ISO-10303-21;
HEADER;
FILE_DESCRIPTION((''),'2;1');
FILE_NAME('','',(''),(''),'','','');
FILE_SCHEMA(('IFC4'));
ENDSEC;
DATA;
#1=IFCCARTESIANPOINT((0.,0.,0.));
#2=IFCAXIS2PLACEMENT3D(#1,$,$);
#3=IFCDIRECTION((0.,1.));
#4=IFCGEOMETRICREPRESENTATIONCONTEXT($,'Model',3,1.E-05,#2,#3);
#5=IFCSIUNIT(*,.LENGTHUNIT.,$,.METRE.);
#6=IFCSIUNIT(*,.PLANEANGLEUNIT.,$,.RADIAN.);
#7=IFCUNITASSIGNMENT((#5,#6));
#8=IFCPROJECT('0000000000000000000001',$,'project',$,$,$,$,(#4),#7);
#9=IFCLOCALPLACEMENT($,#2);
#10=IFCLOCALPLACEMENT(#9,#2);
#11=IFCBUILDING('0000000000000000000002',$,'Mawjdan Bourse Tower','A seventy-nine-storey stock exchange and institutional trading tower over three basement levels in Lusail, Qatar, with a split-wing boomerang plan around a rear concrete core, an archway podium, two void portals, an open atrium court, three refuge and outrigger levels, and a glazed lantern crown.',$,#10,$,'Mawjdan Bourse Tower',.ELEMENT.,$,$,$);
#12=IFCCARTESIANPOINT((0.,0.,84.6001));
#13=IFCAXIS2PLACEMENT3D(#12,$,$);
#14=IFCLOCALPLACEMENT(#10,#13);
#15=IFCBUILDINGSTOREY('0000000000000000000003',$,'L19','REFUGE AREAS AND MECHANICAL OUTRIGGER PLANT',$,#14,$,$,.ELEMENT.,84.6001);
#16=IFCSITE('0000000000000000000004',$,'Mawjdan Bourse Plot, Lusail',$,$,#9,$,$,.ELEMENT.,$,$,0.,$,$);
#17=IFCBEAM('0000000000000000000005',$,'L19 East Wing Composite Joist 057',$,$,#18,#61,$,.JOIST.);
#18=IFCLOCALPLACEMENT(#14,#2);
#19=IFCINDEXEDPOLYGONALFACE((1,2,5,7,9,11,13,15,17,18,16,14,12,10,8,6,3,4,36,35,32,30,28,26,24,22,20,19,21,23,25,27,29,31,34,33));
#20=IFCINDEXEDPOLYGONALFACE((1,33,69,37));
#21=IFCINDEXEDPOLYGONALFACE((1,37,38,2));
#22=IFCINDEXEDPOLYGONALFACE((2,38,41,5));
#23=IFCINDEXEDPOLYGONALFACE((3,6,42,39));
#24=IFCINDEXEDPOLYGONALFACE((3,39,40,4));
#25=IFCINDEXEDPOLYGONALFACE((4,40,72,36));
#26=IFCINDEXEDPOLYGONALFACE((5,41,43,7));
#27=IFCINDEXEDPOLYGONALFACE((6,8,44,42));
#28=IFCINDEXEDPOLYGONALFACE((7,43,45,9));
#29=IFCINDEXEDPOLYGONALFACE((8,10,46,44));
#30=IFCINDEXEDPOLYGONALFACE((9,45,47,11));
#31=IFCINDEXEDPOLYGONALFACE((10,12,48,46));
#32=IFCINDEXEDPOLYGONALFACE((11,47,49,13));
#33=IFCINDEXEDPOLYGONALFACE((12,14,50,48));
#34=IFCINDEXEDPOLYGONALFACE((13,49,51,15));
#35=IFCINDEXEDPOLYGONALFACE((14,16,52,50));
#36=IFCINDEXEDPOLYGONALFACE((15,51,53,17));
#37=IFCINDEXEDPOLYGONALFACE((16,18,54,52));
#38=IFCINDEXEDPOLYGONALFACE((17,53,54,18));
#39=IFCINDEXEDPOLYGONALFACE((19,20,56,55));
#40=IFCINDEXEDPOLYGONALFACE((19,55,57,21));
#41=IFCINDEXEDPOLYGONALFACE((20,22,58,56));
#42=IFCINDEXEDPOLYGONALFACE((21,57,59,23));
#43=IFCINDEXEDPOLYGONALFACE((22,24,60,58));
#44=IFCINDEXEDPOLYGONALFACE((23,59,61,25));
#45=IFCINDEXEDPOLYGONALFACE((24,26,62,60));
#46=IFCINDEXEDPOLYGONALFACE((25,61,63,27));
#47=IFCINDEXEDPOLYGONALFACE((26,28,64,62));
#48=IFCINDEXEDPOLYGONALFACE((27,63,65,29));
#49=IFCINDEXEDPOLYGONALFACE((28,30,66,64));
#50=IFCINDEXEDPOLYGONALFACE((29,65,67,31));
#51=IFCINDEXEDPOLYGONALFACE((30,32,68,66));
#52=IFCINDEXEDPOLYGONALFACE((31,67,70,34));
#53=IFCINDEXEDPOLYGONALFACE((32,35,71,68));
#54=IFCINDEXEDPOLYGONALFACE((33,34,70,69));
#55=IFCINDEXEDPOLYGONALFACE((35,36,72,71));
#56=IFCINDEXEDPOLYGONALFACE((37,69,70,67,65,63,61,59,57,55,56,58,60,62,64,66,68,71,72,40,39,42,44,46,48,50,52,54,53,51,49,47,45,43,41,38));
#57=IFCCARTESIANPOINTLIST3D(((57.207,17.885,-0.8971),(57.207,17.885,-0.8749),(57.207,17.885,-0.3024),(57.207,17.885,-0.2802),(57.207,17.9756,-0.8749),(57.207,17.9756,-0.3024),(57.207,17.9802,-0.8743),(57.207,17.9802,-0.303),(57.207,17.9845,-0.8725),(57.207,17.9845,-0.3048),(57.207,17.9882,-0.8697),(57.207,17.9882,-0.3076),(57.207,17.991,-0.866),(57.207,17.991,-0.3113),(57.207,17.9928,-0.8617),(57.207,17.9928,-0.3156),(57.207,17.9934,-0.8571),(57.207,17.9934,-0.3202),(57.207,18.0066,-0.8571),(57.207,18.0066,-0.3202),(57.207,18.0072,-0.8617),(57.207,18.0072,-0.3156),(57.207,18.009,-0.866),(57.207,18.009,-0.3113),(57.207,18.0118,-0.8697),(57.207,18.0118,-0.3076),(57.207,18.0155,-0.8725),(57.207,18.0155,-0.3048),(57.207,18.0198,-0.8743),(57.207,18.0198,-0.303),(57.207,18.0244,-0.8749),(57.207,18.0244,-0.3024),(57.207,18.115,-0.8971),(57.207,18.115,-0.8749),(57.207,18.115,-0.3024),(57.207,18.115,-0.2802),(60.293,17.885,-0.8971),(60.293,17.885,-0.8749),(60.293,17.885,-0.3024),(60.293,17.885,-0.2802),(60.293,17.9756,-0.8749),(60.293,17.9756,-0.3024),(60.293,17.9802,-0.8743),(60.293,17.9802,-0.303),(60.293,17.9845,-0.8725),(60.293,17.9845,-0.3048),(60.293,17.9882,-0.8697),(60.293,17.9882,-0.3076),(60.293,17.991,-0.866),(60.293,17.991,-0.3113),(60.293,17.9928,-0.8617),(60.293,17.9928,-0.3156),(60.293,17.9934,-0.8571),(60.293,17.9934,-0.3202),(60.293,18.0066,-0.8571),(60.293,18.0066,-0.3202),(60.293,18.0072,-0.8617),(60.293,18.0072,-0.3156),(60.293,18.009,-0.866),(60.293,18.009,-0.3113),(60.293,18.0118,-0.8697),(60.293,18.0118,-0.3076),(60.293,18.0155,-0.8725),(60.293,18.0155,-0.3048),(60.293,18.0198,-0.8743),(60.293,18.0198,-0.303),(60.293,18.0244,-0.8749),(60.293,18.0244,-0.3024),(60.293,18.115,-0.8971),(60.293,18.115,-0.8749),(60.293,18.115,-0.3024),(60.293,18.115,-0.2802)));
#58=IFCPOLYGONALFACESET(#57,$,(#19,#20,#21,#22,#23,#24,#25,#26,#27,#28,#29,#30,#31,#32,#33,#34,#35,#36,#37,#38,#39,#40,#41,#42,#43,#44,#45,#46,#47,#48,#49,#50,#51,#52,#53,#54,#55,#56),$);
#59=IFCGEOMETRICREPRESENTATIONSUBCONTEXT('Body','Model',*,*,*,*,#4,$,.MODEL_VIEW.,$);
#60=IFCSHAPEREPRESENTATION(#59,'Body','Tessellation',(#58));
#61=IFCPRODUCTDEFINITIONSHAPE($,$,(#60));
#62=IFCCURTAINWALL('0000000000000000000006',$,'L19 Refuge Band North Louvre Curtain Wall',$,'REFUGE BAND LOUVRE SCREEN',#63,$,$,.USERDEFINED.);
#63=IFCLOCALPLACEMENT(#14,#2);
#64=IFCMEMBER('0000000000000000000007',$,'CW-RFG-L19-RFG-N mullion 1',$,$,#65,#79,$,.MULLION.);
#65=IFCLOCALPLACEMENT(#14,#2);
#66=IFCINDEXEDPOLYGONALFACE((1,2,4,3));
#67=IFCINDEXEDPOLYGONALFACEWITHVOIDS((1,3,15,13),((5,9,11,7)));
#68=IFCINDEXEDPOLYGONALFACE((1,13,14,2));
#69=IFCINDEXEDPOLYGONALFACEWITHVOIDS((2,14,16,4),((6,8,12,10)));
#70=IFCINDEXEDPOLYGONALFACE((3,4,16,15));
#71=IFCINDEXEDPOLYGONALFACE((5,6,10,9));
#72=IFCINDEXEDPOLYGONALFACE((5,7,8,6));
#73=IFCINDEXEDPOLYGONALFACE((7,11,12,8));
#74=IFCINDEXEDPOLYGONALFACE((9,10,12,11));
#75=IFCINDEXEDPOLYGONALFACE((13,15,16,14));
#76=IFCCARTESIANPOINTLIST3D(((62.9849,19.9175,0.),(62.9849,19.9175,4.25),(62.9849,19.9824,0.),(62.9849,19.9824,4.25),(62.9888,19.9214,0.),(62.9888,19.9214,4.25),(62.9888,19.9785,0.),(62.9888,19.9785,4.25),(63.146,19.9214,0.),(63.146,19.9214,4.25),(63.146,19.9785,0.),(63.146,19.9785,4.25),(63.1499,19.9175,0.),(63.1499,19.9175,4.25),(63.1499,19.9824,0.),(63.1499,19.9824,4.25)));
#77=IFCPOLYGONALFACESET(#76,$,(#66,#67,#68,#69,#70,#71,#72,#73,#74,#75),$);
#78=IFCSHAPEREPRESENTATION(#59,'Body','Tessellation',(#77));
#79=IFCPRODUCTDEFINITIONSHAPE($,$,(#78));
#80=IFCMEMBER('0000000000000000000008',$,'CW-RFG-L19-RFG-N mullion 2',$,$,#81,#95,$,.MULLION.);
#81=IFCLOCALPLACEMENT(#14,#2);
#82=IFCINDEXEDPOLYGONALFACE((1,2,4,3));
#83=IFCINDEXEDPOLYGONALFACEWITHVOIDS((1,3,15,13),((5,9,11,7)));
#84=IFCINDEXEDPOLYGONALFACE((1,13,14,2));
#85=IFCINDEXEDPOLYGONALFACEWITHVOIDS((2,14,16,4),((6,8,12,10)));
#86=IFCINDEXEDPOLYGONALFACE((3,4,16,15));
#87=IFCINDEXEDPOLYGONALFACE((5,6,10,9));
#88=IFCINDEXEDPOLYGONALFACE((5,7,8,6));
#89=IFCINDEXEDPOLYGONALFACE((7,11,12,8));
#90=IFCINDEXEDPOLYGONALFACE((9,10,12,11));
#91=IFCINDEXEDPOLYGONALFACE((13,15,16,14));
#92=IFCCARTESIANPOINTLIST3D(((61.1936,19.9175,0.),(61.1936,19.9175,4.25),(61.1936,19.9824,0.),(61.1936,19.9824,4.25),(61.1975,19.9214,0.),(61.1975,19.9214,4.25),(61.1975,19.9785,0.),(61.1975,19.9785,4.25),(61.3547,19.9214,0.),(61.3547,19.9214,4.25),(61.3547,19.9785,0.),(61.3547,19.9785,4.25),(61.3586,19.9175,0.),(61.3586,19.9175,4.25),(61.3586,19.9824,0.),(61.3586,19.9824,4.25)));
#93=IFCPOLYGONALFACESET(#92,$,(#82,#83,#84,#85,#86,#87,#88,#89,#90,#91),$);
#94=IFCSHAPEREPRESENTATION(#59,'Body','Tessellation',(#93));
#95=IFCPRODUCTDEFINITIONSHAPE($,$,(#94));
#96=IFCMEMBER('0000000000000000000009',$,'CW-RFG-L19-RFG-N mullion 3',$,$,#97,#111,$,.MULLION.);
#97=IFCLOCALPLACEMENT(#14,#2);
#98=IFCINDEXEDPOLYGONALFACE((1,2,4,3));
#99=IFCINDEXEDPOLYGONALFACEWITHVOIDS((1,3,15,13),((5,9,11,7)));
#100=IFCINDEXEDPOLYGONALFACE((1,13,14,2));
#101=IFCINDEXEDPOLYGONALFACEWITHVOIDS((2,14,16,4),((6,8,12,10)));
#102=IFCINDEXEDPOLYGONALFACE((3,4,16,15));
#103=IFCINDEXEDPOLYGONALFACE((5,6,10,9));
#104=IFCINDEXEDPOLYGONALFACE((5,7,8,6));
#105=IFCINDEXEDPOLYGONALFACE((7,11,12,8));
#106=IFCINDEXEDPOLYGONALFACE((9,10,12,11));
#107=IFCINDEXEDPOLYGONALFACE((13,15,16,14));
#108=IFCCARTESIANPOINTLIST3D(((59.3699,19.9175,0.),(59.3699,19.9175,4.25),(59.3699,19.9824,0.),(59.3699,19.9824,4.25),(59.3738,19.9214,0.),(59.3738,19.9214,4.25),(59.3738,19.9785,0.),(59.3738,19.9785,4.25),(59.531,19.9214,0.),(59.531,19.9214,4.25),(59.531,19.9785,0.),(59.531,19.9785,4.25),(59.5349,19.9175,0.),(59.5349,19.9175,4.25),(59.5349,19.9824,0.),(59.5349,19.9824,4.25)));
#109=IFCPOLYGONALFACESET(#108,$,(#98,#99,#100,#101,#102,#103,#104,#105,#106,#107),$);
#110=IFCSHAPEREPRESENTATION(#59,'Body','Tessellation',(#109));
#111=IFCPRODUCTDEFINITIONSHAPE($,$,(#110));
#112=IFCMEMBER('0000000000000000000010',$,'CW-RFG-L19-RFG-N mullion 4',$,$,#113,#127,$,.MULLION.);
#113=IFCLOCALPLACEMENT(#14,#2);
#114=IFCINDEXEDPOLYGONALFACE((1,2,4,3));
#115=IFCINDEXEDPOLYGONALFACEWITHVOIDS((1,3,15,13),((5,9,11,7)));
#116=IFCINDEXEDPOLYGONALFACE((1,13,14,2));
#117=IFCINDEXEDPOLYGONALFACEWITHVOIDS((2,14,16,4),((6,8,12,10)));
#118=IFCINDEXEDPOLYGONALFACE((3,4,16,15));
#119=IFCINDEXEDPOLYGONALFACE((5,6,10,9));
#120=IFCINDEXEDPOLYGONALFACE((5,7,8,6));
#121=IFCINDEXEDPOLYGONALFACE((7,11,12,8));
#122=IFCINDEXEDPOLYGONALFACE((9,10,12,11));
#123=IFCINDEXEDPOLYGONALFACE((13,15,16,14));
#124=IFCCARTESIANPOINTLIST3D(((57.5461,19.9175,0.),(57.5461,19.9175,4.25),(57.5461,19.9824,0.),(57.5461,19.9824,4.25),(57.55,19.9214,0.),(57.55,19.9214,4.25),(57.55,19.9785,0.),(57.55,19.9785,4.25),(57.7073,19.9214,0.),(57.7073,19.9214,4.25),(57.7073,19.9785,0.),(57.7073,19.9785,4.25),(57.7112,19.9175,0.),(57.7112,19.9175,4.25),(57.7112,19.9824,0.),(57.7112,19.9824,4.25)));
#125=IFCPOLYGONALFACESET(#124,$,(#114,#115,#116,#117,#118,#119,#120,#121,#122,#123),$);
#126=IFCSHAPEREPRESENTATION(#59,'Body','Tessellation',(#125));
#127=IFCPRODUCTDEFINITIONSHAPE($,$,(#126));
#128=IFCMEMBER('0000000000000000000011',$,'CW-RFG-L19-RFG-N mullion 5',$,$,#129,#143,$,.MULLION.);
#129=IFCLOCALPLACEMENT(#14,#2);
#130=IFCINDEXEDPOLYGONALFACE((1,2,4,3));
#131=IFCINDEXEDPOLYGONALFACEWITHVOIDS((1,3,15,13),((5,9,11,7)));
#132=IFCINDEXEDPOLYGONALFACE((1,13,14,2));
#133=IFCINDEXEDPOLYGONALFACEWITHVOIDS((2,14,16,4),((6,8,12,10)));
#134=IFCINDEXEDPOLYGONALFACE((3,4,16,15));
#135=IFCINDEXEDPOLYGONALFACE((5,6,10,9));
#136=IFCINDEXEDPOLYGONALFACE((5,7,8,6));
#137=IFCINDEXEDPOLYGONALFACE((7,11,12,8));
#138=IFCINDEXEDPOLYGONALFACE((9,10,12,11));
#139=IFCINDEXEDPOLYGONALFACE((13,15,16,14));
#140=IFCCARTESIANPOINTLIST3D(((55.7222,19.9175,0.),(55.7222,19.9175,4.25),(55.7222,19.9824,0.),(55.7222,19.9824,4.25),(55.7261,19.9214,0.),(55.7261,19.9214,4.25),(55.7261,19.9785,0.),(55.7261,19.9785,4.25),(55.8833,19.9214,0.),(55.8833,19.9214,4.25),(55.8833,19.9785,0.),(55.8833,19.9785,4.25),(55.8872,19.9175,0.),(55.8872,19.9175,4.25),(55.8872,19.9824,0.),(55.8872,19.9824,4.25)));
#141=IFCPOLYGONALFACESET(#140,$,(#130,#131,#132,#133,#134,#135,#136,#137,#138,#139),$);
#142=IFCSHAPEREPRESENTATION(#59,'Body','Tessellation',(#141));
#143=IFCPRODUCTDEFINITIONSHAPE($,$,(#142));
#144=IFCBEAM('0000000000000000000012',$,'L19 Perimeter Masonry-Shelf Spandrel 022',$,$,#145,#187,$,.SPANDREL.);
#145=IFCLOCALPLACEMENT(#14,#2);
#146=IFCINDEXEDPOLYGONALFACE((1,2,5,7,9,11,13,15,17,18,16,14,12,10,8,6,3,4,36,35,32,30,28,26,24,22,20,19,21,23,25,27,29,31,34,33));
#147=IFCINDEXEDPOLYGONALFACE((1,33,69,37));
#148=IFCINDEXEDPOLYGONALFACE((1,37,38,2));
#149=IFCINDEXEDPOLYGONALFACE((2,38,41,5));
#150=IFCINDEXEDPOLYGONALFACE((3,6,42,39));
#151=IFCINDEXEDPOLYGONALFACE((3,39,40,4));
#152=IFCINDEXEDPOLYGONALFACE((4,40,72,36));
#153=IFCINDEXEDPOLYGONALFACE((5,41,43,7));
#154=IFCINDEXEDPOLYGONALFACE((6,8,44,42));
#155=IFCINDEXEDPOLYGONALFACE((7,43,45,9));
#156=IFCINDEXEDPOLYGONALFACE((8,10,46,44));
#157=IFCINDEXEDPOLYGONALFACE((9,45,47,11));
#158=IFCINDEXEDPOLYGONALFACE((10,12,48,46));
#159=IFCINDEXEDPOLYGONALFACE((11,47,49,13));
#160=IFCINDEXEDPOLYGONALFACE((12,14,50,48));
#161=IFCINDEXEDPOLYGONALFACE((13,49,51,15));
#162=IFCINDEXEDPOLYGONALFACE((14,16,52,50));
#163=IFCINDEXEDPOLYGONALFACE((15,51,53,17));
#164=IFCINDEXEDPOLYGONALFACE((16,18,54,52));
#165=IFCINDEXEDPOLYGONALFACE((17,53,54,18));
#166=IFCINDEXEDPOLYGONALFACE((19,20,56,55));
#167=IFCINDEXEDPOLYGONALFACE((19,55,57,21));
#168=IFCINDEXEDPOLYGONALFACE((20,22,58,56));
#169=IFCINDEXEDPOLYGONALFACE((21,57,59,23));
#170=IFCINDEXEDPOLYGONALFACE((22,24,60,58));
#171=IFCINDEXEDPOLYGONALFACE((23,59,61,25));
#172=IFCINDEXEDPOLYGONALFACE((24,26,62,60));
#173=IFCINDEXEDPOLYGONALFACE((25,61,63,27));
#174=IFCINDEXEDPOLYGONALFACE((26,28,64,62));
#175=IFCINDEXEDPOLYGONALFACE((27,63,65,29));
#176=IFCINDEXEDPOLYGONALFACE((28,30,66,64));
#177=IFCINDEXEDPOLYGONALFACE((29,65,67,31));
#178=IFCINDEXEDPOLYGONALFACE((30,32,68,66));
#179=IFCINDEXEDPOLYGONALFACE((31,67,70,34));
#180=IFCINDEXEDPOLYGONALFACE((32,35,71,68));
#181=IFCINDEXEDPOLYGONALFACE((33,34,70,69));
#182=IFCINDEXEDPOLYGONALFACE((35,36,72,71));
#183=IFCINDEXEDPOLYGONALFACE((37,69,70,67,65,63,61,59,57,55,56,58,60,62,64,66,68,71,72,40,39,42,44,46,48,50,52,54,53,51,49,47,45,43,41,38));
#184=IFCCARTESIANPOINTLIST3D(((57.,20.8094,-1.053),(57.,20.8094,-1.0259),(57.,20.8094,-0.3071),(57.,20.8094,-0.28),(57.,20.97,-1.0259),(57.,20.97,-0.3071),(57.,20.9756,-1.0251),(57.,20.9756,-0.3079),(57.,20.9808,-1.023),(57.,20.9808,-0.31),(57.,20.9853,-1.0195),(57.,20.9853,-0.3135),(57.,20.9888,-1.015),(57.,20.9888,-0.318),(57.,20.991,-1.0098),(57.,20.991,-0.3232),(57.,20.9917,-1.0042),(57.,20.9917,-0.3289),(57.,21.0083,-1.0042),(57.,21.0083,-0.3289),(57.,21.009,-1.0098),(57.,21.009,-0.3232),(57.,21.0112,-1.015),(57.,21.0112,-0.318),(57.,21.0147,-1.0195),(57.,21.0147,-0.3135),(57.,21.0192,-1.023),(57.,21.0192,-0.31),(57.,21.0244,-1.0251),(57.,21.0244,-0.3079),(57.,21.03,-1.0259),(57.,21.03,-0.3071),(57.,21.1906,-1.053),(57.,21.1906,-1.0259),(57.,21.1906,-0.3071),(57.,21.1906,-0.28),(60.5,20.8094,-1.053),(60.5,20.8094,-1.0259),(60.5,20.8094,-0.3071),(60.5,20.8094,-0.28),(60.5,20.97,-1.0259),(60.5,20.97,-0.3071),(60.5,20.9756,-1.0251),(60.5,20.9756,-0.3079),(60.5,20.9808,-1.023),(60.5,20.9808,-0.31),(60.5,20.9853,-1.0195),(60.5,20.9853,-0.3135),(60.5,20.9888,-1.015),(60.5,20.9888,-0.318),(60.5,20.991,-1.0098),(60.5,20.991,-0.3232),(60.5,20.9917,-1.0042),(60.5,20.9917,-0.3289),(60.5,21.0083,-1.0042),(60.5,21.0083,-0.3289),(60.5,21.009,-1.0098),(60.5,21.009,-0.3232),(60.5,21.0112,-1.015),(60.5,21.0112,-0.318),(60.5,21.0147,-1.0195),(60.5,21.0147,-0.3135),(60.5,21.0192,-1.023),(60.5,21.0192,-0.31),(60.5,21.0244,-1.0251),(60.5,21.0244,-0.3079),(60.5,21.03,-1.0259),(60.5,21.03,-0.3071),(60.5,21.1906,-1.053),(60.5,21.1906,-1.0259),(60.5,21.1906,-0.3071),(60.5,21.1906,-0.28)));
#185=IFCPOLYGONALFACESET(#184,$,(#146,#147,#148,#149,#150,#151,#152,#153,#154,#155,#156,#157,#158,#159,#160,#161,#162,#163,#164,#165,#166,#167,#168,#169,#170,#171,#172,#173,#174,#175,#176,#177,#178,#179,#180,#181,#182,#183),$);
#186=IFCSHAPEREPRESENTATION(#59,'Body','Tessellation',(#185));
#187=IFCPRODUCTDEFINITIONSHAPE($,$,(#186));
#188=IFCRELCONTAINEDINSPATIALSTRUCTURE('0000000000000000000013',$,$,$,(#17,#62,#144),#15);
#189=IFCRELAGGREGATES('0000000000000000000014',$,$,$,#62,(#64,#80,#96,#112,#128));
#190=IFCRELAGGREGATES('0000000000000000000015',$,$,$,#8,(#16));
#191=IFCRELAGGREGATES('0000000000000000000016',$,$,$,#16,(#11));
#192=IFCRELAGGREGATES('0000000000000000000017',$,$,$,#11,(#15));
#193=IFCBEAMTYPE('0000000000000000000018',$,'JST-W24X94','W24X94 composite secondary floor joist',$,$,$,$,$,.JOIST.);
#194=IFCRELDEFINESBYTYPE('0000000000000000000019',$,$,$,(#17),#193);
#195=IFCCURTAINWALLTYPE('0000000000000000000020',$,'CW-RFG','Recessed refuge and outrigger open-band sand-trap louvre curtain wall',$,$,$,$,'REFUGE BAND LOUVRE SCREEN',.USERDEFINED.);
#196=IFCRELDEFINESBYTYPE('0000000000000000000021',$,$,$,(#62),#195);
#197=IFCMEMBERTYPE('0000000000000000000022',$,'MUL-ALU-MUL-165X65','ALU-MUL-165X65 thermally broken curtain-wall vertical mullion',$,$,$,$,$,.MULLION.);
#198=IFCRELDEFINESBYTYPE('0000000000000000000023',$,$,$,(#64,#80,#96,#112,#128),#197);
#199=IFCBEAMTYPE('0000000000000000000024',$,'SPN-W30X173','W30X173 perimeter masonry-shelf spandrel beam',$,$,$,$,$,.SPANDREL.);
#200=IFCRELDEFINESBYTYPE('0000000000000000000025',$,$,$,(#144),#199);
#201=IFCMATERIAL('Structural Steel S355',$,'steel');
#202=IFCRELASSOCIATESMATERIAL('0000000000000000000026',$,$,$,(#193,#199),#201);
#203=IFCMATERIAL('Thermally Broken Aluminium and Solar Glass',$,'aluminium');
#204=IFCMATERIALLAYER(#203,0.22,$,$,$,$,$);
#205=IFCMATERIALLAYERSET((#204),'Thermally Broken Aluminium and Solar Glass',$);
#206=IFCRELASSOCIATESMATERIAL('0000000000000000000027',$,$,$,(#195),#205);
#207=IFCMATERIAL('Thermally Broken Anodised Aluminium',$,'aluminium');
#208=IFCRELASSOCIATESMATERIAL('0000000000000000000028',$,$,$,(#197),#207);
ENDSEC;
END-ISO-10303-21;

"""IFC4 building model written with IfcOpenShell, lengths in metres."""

from ifc_helpers import new_model, si_unit, direction, frame, origin, origin_2d, place, context, subcontext, project, spatial, hollow_rectangle, i_section, extrude, material, layer, layer_set, material_profile, profile_set, type_object, element, aggregate, save


model = new_model("IFC4")

# Units and contexts
model_context = context("Model", 3, precision=1e-05, world=origin(), true_north=direction((0.0, 1.0)))
body_context = subcontext(model_context, "Body", "Model", "MODEL_VIEW")
ifc_project = project(units=[si_unit("LENGTHUNIT", "METRE"), si_unit("PLANEANGLEUNIT", "RADIAN")], contexts=[model_context])

# Site, building, storey
site_placement = place(None, origin())
site = spatial("IfcSite", under=ifc_project, at=site_placement, Name="Mawjdan Bourse Plot, Lusail", CompositionType="ELEMENT", RefElevation=0.0)
building_placement = place(site_placement, origin())
building = spatial("IfcBuilding", under=site, at=building_placement, Name="Mawjdan Bourse Tower", Description="A seventy-nine-storey stock exchange and institutional trading tower over three basement levels in Lusail, Qatar, with a split-wing boomerang plan around a rear concrete core, an archway podium, two void portals, an open atrium court, three refuge and outrigger levels, and a glazed lantern crown.", LongName="Mawjdan Bourse Tower", CompositionType="ELEMENT")
storey_placement = place(building_placement, frame((0.0, 0.0, 84.6001)))
storey = spatial("IfcBuildingStorey", under=building, at=storey_placement, Name="L19", Description="REFUGE AREAS AND MECHANICAL OUTRIGGER PLANT", CompositionType="ELEMENT", Elevation=84.6001)

# Beam
ifc_material_1 = material(Name="Structural Steel S355", Category="steel")
ifc_material_profile_1 = material_profile(ifc_material_1, i_section(OverallWidth=0.23, OverallDepth=0.6169, WebThickness=0.0132, FlangeThickness=0.0222, FilletRadius=0.0178, at=origin_2d()), Name="W24X94")
ifc_profile_set_1 = profile_set([ifc_material_profile_1], Name="Structural Steel S355")
beam_type_1 = type_object("IfcBeamType", Name="JST-W24X94", Description="W24X94 composite secondary floor joist", PredefinedType="JOIST", material=ifc_profile_set_1)
beam_1_placement = place(storey_placement, frame((57.207, 18.0, -0.5886), z_axis=(1.0, 0.0, 0.0), x_axis=(0.0, 1.0, 0.0)))
element("IfcBeam", 1, at=beam_1_placement, inside=storey, type_object=beam_type_1, Name="L19 East Wing Composite Joist 057", PredefinedType="JOIST", context=body_context, shape_type="SweptSolid", body=[
    extrude(i_section(OverallWidth=0.23, OverallDepth=0.6169, WebThickness=0.0132, FlangeThickness=0.0222, FilletRadius=0.0178, at=origin_2d()), origin(), (0.0, 0.0, 1.0), 3.0859),
])

# Curtain wall, members
ifc_material_2 = material(Name="Thermally Broken Aluminium and Solar Glass", Category="aluminium")
ifc_layer_1 = layer(ifc_material_2, 0.22)
ifc_layer_set_1 = layer_set([ifc_layer_1], Name="Thermally Broken Aluminium and Solar Glass")
curtain_wall_type = type_object("IfcCurtainWallType", Name="CW-RFG", Description="Recessed refuge and outrigger open-band sand-trap louvre curtain wall", ElementType="REFUGE BAND LOUVRE SCREEN", PredefinedType="USERDEFINED", material=ifc_layer_set_1)
curtain_wall_placement = place(storey_placement, origin())
curtain_wall = element("IfcCurtainWall", 2, at=curtain_wall_placement, inside=storey, type_object=curtain_wall_type, Name="L19 Refuge Band North Louvre Curtain Wall", ObjectType="REFUGE BAND LOUVRE SCREEN", PredefinedType="USERDEFINED")
ifc_material_3 = material(Name="Thermally Broken Anodised Aluminium", Category="aluminium")
ifc_material_profile_2 = material_profile(ifc_material_3, hollow_rectangle(XDim=0.0649, YDim=0.165, WallThickness=0.0039, at=origin_2d()), Name="ALU-MUL-165X65")
ifc_profile_set_2 = profile_set([ifc_material_profile_2], Name="Thermally Broken Anodised Aluminium")
member_type_1 = type_object("IfcMemberType", Name="MUL-ALU-MUL-165X65", Description="ALU-MUL-165X65 thermally broken curtain-wall vertical mullion", PredefinedType="MULLION", material=ifc_profile_set_2)
member_1_placement = place(storey_placement, frame((63.0674, 19.95, 0.0), z_axis=(0.0, 0.0, 1.0), x_axis=(0.0, -1.0, 0.0)))
member_1 = element("IfcMember", 3, at=member_1_placement, type_object=member_type_1, Name="CW-RFG-L19-RFG-N mullion 1", PredefinedType="MULLION", context=body_context, shape_type="SweptSolid", body=[
    extrude(hollow_rectangle(XDim=0.0649, YDim=0.165, WallThickness=0.0039, at=origin_2d()), origin(), (0.0, 0.0, 1.0), 4.25),
])
member_2_placement = place(storey_placement, frame((61.2761, 19.95, 0.0), z_axis=(0.0, 0.0, 1.0), x_axis=(0.0, -1.0, 0.0)))
member_2 = element("IfcMember", 4, at=member_2_placement, type_object=member_type_1, Name="CW-RFG-L19-RFG-N mullion 2", PredefinedType="MULLION", context=body_context, shape_type="SweptSolid", body=[
    extrude(hollow_rectangle(XDim=0.0649, YDim=0.165, WallThickness=0.0039, at=origin_2d()), origin(), (0.0, 0.0, 1.0), 4.25),
])
member_3_placement = place(storey_placement, frame((59.4524, 19.95, 0.0), z_axis=(0.0, 0.0, 1.0), x_axis=(0.0, -1.0, 0.0)))
member_3 = element("IfcMember", 5, at=member_3_placement, type_object=member_type_1, Name="CW-RFG-L19-RFG-N mullion 3", PredefinedType="MULLION", context=body_context, shape_type="SweptSolid", body=[
    extrude(hollow_rectangle(XDim=0.0649, YDim=0.165, WallThickness=0.0039, at=origin_2d()), origin(), (0.0, 0.0, 1.0), 4.25),
])
member_4_placement = place(storey_placement, frame((57.6287, 19.95, 0.0), z_axis=(0.0, 0.0, 1.0), x_axis=(0.0, -1.0, 0.0)))
member_4 = element("IfcMember", 6, at=member_4_placement, type_object=member_type_1, Name="CW-RFG-L19-RFG-N mullion 4", PredefinedType="MULLION", context=body_context, shape_type="SweptSolid", body=[
    extrude(hollow_rectangle(XDim=0.0649, YDim=0.165, WallThickness=0.0039, at=origin_2d()), origin(), (0.0, 0.0, 1.0), 4.25),
])
member_5_placement = place(storey_placement, frame((55.8047, 19.95, 0.0), z_axis=(0.0, 0.0, 1.0), x_axis=(0.0, -1.0, 0.0)))
member_5 = element("IfcMember", 7, at=member_5_placement, type_object=member_type_1, Name="CW-RFG-L19-RFG-N mullion 5", PredefinedType="MULLION", context=body_context, shape_type="SweptSolid", body=[
    extrude(hollow_rectangle(XDim=0.0649, YDim=0.165, WallThickness=0.0039, at=origin_2d()), origin(), (0.0, 0.0, 1.0), 4.25),
])

# Beam
ifc_material_profile_3 = material_profile(ifc_material_1, i_section(OverallWidth=0.3811, OverallDepth=0.7729, WebThickness=0.0166, FlangeThickness=0.0271, FilletRadius=0.0217, at=origin_2d()), Name="W30X173")
ifc_profile_set_3 = profile_set([ifc_material_profile_3], Name="Structural Steel S355")
beam_type_2 = type_object("IfcBeamType", Name="SPN-W30X173", Description="W30X173 perimeter masonry-shelf spandrel beam", PredefinedType="SPANDREL", material=ifc_profile_set_3)
beam_2_placement = place(storey_placement, frame((57.0, 21.0, -0.6665), z_axis=(1.0, 0.0, 0.0), x_axis=(0.0, 1.0, 0.0)))
element("IfcBeam", 8, at=beam_2_placement, inside=storey, type_object=beam_type_2, Name="L19 Perimeter Masonry-Shelf Spandrel 022", PredefinedType="SPANDREL", context=body_context, shape_type="SweptSolid", body=[
    extrude(i_section(OverallWidth=0.3811, OverallDepth=0.7729, WebThickness=0.0166, FlangeThickness=0.0271, FilletRadius=0.0217, at=origin_2d()), origin(), (0.0, 0.0, 1.0), 3.5),
])

aggregate(curtain_wall, [member_1, member_2, member_3, member_4, member_5])

save(model, "model.ifc")
